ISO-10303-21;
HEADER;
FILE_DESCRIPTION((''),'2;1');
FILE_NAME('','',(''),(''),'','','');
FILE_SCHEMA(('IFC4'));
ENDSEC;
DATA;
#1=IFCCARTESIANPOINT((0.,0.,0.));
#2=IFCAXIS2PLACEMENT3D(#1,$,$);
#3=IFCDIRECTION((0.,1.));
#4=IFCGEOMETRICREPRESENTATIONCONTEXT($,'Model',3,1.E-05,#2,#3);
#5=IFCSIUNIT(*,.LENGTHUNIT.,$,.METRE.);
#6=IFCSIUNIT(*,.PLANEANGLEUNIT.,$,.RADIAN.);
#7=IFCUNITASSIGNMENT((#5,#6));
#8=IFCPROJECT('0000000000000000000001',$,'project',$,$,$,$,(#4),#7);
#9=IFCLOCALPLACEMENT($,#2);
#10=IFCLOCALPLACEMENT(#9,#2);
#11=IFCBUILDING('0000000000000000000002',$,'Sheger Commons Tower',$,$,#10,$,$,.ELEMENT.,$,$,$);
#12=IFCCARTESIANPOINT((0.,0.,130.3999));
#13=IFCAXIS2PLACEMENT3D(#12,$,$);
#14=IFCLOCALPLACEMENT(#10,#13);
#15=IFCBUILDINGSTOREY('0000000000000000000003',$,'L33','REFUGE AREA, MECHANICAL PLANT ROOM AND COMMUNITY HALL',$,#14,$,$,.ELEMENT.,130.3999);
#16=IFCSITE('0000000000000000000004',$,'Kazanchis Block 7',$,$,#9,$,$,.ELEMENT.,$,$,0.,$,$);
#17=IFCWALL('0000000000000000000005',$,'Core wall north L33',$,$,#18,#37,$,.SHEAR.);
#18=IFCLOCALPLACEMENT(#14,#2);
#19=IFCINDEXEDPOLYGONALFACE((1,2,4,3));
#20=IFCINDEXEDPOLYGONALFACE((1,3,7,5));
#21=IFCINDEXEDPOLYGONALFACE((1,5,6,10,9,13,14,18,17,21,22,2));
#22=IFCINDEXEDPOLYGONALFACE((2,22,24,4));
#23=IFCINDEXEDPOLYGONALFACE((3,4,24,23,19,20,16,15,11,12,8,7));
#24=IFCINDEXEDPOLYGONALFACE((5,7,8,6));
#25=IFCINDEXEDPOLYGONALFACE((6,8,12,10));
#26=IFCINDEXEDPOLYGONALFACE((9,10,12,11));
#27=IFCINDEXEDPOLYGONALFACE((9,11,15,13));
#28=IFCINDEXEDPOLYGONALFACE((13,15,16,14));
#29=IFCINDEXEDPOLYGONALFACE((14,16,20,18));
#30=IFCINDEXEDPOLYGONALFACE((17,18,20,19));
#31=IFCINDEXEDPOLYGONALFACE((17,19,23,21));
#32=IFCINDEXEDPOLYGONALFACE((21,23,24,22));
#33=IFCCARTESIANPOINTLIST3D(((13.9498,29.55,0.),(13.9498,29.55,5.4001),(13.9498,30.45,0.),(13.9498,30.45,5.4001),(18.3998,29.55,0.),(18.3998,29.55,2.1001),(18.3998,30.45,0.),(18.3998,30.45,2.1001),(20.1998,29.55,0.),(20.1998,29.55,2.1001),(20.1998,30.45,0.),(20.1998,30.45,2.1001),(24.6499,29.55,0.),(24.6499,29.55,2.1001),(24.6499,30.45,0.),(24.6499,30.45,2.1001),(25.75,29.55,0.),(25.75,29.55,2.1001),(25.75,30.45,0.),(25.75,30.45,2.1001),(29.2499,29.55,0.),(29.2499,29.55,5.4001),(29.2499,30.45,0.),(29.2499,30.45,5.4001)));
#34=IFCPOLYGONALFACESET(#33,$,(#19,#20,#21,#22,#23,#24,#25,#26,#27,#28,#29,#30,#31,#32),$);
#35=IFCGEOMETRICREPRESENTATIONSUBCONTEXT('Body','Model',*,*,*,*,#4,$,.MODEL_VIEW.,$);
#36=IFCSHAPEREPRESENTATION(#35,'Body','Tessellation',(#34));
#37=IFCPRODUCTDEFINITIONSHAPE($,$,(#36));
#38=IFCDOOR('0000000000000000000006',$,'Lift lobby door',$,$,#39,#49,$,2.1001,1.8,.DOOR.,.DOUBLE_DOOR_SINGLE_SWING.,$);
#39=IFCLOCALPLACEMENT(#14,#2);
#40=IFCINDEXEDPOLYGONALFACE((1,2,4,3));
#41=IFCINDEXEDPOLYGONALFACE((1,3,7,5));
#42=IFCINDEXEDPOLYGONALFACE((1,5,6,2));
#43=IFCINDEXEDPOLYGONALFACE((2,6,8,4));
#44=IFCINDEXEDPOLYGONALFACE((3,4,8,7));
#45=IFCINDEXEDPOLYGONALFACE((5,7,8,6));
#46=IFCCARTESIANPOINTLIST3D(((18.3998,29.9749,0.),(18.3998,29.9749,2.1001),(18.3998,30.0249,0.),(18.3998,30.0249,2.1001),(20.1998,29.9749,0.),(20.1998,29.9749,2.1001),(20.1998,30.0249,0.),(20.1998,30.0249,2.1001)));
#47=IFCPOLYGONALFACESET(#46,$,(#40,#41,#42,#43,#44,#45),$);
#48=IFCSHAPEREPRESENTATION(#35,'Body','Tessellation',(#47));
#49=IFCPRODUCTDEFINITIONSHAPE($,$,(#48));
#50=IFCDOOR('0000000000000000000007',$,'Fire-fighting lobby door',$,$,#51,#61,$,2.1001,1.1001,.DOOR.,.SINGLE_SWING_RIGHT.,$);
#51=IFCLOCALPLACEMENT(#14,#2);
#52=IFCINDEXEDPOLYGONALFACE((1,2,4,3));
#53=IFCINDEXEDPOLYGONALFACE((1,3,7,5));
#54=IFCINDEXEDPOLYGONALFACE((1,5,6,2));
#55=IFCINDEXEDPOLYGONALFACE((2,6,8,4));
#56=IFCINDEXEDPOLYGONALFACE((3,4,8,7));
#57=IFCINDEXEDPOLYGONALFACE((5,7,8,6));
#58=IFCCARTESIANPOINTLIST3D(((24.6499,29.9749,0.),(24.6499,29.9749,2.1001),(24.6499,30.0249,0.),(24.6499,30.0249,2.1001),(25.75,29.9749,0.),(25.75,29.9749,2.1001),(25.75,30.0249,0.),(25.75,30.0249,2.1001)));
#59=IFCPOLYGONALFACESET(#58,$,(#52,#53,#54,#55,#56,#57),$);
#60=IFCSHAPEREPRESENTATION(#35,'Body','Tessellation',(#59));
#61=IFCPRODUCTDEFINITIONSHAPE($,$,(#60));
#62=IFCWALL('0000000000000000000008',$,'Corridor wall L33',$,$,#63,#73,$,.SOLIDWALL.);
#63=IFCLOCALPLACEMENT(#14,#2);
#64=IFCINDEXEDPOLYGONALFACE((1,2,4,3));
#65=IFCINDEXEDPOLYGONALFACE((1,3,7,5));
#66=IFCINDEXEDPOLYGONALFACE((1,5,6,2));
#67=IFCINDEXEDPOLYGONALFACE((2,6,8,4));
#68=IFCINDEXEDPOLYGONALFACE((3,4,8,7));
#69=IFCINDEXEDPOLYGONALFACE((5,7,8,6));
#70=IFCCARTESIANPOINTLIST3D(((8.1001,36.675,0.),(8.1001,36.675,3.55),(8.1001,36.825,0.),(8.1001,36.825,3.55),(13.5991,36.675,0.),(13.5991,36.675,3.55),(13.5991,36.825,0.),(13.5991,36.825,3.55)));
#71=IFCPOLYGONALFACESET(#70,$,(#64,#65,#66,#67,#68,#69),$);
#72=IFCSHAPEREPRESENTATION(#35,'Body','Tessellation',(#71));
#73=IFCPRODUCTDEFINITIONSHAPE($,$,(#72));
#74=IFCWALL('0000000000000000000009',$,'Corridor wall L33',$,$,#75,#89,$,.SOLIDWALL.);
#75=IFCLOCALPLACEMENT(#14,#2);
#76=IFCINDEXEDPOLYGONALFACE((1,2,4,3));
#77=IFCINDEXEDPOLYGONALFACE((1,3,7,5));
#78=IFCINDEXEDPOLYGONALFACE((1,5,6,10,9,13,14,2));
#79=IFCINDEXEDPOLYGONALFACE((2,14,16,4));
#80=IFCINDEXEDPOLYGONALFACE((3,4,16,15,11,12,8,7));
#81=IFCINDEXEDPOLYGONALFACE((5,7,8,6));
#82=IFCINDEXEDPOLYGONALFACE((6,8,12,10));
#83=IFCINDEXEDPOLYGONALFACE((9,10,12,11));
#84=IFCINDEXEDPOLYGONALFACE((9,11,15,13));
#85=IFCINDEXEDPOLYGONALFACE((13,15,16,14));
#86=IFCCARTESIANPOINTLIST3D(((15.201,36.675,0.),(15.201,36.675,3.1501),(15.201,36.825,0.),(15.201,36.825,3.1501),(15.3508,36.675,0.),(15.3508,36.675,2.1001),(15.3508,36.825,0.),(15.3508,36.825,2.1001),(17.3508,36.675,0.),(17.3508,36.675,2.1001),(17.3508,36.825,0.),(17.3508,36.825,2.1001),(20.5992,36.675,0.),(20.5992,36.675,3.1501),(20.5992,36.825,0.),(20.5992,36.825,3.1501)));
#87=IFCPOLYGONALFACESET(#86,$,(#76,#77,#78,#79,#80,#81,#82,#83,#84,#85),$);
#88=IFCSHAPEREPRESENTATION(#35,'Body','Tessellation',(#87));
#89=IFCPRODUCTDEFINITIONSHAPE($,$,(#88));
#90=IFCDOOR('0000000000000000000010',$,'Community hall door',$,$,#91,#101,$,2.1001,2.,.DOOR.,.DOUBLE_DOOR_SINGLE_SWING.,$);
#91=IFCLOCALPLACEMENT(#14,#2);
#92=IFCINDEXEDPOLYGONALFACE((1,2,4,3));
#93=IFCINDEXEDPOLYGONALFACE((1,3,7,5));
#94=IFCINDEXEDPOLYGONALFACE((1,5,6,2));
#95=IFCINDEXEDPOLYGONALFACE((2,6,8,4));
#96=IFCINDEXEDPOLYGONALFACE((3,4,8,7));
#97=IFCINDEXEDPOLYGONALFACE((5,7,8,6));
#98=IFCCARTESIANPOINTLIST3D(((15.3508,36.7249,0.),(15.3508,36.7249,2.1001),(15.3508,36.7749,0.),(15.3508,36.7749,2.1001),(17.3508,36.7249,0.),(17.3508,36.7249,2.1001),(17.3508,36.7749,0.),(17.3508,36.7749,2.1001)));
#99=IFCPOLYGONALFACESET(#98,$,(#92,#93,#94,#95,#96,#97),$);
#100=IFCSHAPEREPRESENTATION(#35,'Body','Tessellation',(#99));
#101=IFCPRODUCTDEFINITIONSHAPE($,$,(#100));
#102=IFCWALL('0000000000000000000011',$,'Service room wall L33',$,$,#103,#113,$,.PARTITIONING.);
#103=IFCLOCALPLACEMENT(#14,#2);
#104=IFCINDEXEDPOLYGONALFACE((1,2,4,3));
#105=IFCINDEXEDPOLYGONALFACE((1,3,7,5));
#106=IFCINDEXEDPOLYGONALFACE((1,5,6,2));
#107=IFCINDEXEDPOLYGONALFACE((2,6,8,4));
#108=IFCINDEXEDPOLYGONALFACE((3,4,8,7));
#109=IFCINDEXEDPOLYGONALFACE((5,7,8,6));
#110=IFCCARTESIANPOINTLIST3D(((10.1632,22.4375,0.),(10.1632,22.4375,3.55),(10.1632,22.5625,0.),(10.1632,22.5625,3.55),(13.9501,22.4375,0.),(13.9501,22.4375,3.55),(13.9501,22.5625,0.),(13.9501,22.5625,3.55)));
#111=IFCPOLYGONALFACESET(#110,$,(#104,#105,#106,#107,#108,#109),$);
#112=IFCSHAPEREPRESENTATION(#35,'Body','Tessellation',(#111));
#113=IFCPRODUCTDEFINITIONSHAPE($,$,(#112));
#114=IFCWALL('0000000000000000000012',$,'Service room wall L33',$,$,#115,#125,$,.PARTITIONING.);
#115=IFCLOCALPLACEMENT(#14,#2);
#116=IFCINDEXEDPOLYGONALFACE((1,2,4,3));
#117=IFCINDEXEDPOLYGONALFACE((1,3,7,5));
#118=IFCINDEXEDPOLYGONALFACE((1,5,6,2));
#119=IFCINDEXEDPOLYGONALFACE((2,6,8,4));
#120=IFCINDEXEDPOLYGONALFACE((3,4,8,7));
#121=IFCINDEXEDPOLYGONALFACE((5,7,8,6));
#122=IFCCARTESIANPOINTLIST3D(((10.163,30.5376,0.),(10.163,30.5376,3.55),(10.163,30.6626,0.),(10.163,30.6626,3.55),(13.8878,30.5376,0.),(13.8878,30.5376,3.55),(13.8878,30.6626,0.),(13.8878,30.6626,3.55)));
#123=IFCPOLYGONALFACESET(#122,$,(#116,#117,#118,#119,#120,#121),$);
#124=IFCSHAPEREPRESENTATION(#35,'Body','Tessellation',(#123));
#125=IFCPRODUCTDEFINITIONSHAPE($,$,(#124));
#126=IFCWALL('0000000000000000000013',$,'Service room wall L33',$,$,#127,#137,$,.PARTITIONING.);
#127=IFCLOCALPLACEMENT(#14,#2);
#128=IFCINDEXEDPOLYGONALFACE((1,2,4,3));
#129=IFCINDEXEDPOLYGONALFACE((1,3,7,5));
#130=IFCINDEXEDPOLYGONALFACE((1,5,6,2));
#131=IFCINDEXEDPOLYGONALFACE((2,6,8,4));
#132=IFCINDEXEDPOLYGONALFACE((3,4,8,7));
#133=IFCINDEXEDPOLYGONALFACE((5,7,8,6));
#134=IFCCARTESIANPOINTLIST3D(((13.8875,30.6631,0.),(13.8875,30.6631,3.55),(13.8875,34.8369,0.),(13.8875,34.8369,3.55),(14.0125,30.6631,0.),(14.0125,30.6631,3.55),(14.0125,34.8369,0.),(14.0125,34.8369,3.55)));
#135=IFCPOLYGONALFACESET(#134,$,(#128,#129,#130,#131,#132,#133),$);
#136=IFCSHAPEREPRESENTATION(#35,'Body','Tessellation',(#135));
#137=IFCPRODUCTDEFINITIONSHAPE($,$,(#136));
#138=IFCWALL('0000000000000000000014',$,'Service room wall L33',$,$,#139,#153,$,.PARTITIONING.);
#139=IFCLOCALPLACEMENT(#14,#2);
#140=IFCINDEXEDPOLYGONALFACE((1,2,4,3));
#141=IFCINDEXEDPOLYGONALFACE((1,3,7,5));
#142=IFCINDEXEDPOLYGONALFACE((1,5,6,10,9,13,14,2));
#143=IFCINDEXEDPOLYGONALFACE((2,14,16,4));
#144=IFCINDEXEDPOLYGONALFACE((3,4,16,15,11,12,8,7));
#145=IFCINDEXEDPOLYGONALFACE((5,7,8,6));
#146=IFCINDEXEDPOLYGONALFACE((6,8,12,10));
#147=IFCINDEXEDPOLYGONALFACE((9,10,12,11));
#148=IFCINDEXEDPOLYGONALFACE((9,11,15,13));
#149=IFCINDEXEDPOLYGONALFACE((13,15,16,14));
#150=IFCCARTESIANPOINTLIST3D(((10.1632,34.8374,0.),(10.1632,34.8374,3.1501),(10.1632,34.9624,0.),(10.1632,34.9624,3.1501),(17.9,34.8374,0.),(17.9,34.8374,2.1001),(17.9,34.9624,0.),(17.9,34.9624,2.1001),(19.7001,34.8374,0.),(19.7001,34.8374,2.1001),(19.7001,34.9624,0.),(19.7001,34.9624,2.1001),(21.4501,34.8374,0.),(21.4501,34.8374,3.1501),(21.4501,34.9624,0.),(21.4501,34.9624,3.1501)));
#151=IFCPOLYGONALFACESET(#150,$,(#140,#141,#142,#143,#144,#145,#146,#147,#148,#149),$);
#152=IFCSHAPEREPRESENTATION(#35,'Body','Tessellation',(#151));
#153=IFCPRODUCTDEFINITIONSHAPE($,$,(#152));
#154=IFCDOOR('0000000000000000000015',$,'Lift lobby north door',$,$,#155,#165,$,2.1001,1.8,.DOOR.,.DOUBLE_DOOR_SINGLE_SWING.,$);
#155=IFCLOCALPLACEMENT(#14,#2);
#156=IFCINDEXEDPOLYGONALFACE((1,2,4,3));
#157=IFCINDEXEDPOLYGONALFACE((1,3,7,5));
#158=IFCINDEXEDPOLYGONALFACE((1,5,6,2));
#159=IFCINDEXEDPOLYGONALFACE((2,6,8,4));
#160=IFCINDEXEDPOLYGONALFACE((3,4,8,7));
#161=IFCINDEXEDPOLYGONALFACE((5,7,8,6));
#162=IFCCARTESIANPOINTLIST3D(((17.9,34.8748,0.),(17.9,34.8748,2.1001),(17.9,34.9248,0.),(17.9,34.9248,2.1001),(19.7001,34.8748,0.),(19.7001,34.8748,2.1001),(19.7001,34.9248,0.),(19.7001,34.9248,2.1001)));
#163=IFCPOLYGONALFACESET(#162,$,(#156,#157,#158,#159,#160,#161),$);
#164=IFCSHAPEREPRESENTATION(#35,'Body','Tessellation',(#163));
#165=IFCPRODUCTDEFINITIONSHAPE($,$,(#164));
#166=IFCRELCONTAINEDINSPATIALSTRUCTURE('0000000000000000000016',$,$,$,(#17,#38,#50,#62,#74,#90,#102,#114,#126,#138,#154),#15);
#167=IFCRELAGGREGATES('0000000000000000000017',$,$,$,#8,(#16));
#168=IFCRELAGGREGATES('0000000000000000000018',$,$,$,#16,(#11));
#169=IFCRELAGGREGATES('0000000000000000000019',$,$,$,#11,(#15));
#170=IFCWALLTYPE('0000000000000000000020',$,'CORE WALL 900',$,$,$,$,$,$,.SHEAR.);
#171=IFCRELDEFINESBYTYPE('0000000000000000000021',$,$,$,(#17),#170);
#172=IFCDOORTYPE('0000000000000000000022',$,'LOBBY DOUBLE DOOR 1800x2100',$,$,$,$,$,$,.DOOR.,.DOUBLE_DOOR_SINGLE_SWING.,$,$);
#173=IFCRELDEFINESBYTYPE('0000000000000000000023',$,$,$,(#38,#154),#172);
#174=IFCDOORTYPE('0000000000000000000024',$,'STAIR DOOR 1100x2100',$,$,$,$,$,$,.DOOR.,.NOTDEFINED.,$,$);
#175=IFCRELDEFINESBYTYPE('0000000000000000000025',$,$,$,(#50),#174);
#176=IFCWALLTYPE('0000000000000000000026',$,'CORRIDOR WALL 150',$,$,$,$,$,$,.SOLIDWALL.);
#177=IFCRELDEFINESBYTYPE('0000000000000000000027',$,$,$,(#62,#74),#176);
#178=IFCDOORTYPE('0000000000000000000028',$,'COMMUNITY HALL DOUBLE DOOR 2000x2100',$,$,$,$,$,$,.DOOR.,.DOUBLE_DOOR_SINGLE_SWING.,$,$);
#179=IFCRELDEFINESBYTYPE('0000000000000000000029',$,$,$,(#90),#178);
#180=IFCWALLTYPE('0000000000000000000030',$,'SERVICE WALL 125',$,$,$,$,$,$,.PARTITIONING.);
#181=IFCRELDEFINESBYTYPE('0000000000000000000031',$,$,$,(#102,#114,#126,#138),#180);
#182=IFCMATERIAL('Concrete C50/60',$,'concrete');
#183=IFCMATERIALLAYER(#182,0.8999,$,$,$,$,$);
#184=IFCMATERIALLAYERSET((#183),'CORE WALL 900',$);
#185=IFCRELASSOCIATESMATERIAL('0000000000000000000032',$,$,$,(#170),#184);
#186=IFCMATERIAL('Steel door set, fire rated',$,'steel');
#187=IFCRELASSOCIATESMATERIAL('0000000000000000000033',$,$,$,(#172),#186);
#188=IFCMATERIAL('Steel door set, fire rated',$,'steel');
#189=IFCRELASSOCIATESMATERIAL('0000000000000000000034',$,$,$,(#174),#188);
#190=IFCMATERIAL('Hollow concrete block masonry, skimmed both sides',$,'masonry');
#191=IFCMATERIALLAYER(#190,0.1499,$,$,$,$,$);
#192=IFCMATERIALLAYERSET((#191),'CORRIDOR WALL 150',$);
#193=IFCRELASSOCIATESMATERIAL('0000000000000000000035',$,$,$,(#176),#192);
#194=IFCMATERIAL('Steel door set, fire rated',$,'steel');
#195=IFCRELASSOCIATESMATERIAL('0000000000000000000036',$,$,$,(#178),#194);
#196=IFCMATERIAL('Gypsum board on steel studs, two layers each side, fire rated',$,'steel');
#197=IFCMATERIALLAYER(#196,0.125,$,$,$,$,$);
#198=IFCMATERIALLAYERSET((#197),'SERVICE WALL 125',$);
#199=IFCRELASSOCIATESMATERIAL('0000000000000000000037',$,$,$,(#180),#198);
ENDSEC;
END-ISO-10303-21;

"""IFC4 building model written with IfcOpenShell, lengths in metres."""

from ifc_helpers import new_model, si_unit, direction, frame, frame_2d, origin, place, context, subcontext, project, spatial, rectangle, extrude, material, layer, layer_set, type_object, element, fill, save


model = new_model("IFC4")

# Units and contexts
model_context = context("Model", 3, precision=1e-05, world=origin(), true_north=direction((0.0, 1.0)))
body_context = subcontext(model_context, "Body", "Model", "MODEL_VIEW")
ifc_project = project(units=[si_unit("LENGTHUNIT", "METRE"), si_unit("PLANEANGLEUNIT", "RADIAN")], contexts=[model_context])

# Site, building, storey
site_placement = place(None, origin())
site = spatial("IfcSite", under=ifc_project, at=site_placement, Name="Kazanchis Block 7", CompositionType="ELEMENT", RefElevation=0.0)
building_placement = place(site_placement, origin())
building = spatial("IfcBuilding", under=site, at=building_placement, Name="Sheger Commons Tower", CompositionType="ELEMENT")
storey_placement = place(building_placement, frame((0.0, 0.0, 130.3999)))
storey = spatial("IfcBuildingStorey", under=building, at=storey_placement, Name="L33", Description="REFUGE AREA, MECHANICAL PLANT ROOM AND COMMUNITY HALL", CompositionType="ELEMENT", Elevation=130.3999)

# Wall, openings, doors
ifc_material_1 = material(Name="Concrete C50/60", Category="concrete")
ifc_layer_1 = layer(ifc_material_1, 0.8999)
ifc_layer_set_1 = layer_set([ifc_layer_1], Name="CORE WALL 900")
wall_type_1 = type_object("IfcWallType", Name="CORE WALL 900", PredefinedType="SHEAR", material=ifc_layer_set_1)
wall_1_placement = place(storey_placement, frame((13.95, 30.0, 0.0), z_axis=(0.0, 0.0, 1.0), x_axis=(1.0, 0.0, 0.0)))
wall_1 = element("IfcWall", 1, at=wall_1_placement, inside=storey, type_object=wall_type_1, Name="Core wall north L33", PredefinedType="SHEAR", context=body_context, shape_type="SweptSolid", body=[
    extrude(rectangle(XDim=15.3, YDim=0.8999, at=frame_2d((7.6499, 0.0))), origin(), (0.0, 0.0, 1.0), 5.4001),
])
opening_1_placement = place(wall_1_placement, frame((4.45, 0.0, 0.0)))
opening_1 = element("IfcOpeningElement", 2, at=opening_1_placement, cuts=wall_1, PredefinedType="OPENING", context=body_context, shape_type="SweptSolid", body=[
    extrude(rectangle(XDim=1.8, YDim=2.1001, at=frame_2d((0.8999, 1.05))), frame((0.0, 0.46, 0.0), z_axis=(0.0, -1.0, 0.0), x_axis=(1.0, 0.0, 0.0)), (0.0, 0.0, 1.0), 0.9199),
])
opening_2_placement = place(wall_1_placement, frame((10.7, 0.0, 0.0)))
opening_2 = element("IfcOpeningElement", 3, at=opening_2_placement, cuts=wall_1, PredefinedType="OPENING", context=body_context, shape_type="SweptSolid", body=[
    extrude(rectangle(XDim=1.1001, YDim=2.1001, at=frame_2d((0.55, 1.05))), frame((0.0, 0.46, 0.0), z_axis=(0.0, -1.0, 0.0), x_axis=(1.0, 0.0, 0.0)), (0.0, 0.0, 1.0), 0.9199),
])
ifc_material_2 = material(Name="Steel door set, fire rated", Category="steel")
door_type_1 = type_object("IfcDoorType", Name="LOBBY DOUBLE DOOR 1800x2100", OperationType="DOUBLE_DOOR_SINGLE_SWING", PredefinedType="DOOR", material=ifc_material_2)
door_1_placement = place(opening_1_placement, origin())
door_1 = element("IfcDoor", 4, at=door_1_placement, inside=storey, type_object=door_type_1, Name="Lift lobby door", OperationType="DOUBLE_DOOR_SINGLE_SWING", OverallHeight=2.1001, OverallWidth=1.8, PredefinedType="DOOR", context=body_context, shape_type="SweptSolid", body=[
    extrude(rectangle(XDim=1.8, YDim=2.1001, at=frame_2d((0.8999, 1.05))), frame((0.0, 0.0249, 0.0), z_axis=(0.0, -1.0, 0.0), x_axis=(1.0, 0.0, 0.0)), (0.0, 0.0, 1.0), 0.05),
])
fill(opening_1, door_1)
ifc_material_3 = material(Name="Steel door set, fire rated", Category="steel")
door_type_2 = type_object("IfcDoorType", Name="STAIR DOOR 1100x2100", OperationType="NOTDEFINED", PredefinedType="DOOR", material=ifc_material_3)
door_2_placement = place(opening_2_placement, origin())
door_2 = element("IfcDoor", 5, at=door_2_placement, inside=storey, type_object=door_type_2, Name="Fire-fighting lobby door", OperationType="SINGLE_SWING_RIGHT", OverallHeight=2.1001, OverallWidth=1.1001, PredefinedType="DOOR", context=body_context, shape_type="SweptSolid", body=[
    extrude(rectangle(XDim=1.1001, YDim=2.1001, at=frame_2d((0.55, 1.05))), frame((0.0, 0.0249, 0.0), z_axis=(0.0, -1.0, 0.0), x_axis=(1.0, 0.0, 0.0)), (0.0, 0.0, 1.0), 0.05),
])
fill(opening_2, door_2)

# Wall
ifc_material_4 = material(Name="Hollow concrete block masonry, skimmed both sides", Category="masonry")
ifc_layer_2 = layer(ifc_material_4, 0.1499)
ifc_layer_set_2 = layer_set([ifc_layer_2], Name="CORRIDOR WALL 150")
wall_type_2 = type_object("IfcWallType", Name="CORRIDOR WALL 150", PredefinedType="SOLIDWALL", material=ifc_layer_set_2)
wall_2_placement = place(storey_placement, frame((8.1001, 36.75, 0.0), z_axis=(0.0, 0.0, 1.0), x_axis=(1.0, 0.0, 0.0)))
element("IfcWall", 6, at=wall_2_placement, inside=storey, type_object=wall_type_2, Name="Corridor wall L33", PredefinedType="SOLIDWALL", context=body_context, shape_type="SweptSolid", body=[
    extrude(rectangle(XDim=5.499, YDim=0.1499, at=frame_2d((2.7495, 0.0))), origin(), (0.0, 0.0, 1.0), 3.55),
])

# Wall, opening, door
wall_3_placement = place(storey_placement, frame((15.2009, 36.75, 0.0), z_axis=(0.0, 0.0, 1.0), x_axis=(1.0, 0.0, 0.0)))
wall_3 = element("IfcWall", 7, at=wall_3_placement, inside=storey, type_object=wall_type_2, Name="Corridor wall L33", PredefinedType="SOLIDWALL", context=body_context, shape_type="SweptSolid", body=[
    extrude(rectangle(XDim=5.3982, YDim=0.1499, at=frame_2d((2.6992, 0.0))), origin(), (0.0, 0.0, 1.0), 3.1501),
])
opening_3_placement = place(wall_3_placement, frame((0.1499, 0.0, 0.0)))
opening_3 = element("IfcOpeningElement", 8, at=opening_3_placement, cuts=wall_3, PredefinedType="OPENING", context=body_context, shape_type="SweptSolid", body=[
    extrude(rectangle(XDim=2.0, YDim=2.1001, at=frame_2d((1.0, 1.05))), frame((0.0, 0.085, 0.0), z_axis=(0.0, -1.0, 0.0), x_axis=(1.0, 0.0, 0.0)), (0.0, 0.0, 1.0), 0.1699),
])
ifc_material_5 = material(Name="Steel door set, fire rated", Category="steel")
door_type_3 = type_object("IfcDoorType", Name="COMMUNITY HALL DOUBLE DOOR 2000x2100", OperationType="DOUBLE_DOOR_SINGLE_SWING", PredefinedType="DOOR", material=ifc_material_5)
door_3_placement = place(opening_3_placement, origin())
door_3 = element("IfcDoor", 9, at=door_3_placement, inside=storey, type_object=door_type_3, Name="Community hall door", OperationType="DOUBLE_DOOR_SINGLE_SWING", OverallHeight=2.1001, OverallWidth=2.0, PredefinedType="DOOR", context=body_context, shape_type="SweptSolid", body=[
    extrude(rectangle(XDim=2.0, YDim=2.1001, at=frame_2d((1.0, 1.05))), frame((0.0, 0.0249, 0.0), z_axis=(0.0, -1.0, 0.0), x_axis=(1.0, 0.0, 0.0)), (0.0, 0.0, 1.0), 0.05),
])
fill(opening_3, door_3)

# Walls
ifc_material_6 = material(Name="Gypsum board on steel studs, two layers each side, fire rated", Category="steel")
ifc_layer_3 = layer(ifc_material_6, 0.125)
ifc_layer_set_3 = layer_set([ifc_layer_3], Name="SERVICE WALL 125")
wall_type_3 = type_object("IfcWallType", Name="SERVICE WALL 125", PredefinedType="PARTITIONING", material=ifc_layer_set_3)
wall_4_placement = place(storey_placement, frame((10.1631, 22.5, 0.0), z_axis=(0.0, 0.0, 1.0), x_axis=(1.0, 0.0, 0.0)))
element("IfcWall", 10, at=wall_4_placement, inside=storey, type_object=wall_type_3, Name="Service room wall L33", PredefinedType="PARTITIONING", context=body_context, shape_type="SweptSolid", body=[
    extrude(rectangle(XDim=3.7869, YDim=0.125, at=frame_2d((1.8936, 0.0))), origin(), (0.0, 0.0, 1.0), 3.55),
])
wall_5_placement = place(storey_placement, frame((10.1631, 30.6001, 0.0), z_axis=(0.0, 0.0, 1.0), x_axis=(1.0, 0.0, 0.0)))
element("IfcWall", 11, at=wall_5_placement, inside=storey, type_object=wall_type_3, Name="Service room wall L33", PredefinedType="PARTITIONING", context=body_context, shape_type="SweptSolid", body=[
    extrude(rectangle(XDim=3.7249, YDim=0.125, at=frame_2d((1.8623, 0.0))), origin(), (0.0, 0.0, 1.0), 3.55),
])
wall_6_placement = place(storey_placement, frame((13.95, 30.6631, 0.0), z_axis=(0.0, 0.0, 1.0), x_axis=(0.0, 1.0, 0.0)))
element("IfcWall", 12, at=wall_6_placement, inside=storey, type_object=wall_type_3, Name="Service room wall L33", PredefinedType="PARTITIONING", context=body_context, shape_type="SweptSolid", body=[
    extrude(rectangle(XDim=4.1738, YDim=0.125, at=frame_2d((2.0869, 0.0))), origin(), (0.0, 0.0, 1.0), 3.55),
])

# Wall, opening, door
wall_7_placement = place(storey_placement, frame((10.1631, 34.8999, 0.0), z_axis=(0.0, 0.0, 1.0), x_axis=(1.0, 0.0, 0.0)))
wall_7 = element("IfcWall", 13, at=wall_7_placement, inside=storey, type_object=wall_type_3, Name="Service room wall L33", PredefinedType="PARTITIONING", context=body_context, shape_type="SweptSolid", body=[
    extrude(rectangle(XDim=11.2869, YDim=0.125, at=frame_2d((5.6436, 0.0))), origin(), (0.0, 0.0, 1.0), 3.1501),
])
opening_4_placement = place(wall_7_placement, frame((7.7371, 0.0, 0.0)))
opening_4 = element("IfcOpeningElement", 14, at=opening_4_placement, cuts=wall_7, PredefinedType="OPENING", context=body_context, shape_type="SweptSolid", body=[
    extrude(rectangle(XDim=1.8, YDim=2.1001, at=frame_2d((0.8999, 1.05))), frame((0.0, 0.0725, 0.0), z_axis=(0.0, -1.0, 0.0), x_axis=(1.0, 0.0, 0.0)), (0.0, 0.0, 1.0), 0.145),
])
door_4_placement = place(opening_4_placement, origin())
door_4 = element("IfcDoor", 15, at=door_4_placement, inside=storey, type_object=door_type_1, Name="Lift lobby north door", OperationType="DOUBLE_DOOR_SINGLE_SWING", OverallHeight=2.1001, OverallWidth=1.8, PredefinedType="DOOR", context=body_context, shape_type="SweptSolid", body=[
    extrude(rectangle(XDim=1.8, YDim=2.1001, at=frame_2d((0.8999, 1.05))), frame((0.0, 0.0249, 0.0), z_axis=(0.0, -1.0, 0.0), x_axis=(1.0, 0.0, 0.0)), (0.0, 0.0, 1.0), 0.05),
])
fill(opening_4, door_4)

save(model, "model.ifc")
